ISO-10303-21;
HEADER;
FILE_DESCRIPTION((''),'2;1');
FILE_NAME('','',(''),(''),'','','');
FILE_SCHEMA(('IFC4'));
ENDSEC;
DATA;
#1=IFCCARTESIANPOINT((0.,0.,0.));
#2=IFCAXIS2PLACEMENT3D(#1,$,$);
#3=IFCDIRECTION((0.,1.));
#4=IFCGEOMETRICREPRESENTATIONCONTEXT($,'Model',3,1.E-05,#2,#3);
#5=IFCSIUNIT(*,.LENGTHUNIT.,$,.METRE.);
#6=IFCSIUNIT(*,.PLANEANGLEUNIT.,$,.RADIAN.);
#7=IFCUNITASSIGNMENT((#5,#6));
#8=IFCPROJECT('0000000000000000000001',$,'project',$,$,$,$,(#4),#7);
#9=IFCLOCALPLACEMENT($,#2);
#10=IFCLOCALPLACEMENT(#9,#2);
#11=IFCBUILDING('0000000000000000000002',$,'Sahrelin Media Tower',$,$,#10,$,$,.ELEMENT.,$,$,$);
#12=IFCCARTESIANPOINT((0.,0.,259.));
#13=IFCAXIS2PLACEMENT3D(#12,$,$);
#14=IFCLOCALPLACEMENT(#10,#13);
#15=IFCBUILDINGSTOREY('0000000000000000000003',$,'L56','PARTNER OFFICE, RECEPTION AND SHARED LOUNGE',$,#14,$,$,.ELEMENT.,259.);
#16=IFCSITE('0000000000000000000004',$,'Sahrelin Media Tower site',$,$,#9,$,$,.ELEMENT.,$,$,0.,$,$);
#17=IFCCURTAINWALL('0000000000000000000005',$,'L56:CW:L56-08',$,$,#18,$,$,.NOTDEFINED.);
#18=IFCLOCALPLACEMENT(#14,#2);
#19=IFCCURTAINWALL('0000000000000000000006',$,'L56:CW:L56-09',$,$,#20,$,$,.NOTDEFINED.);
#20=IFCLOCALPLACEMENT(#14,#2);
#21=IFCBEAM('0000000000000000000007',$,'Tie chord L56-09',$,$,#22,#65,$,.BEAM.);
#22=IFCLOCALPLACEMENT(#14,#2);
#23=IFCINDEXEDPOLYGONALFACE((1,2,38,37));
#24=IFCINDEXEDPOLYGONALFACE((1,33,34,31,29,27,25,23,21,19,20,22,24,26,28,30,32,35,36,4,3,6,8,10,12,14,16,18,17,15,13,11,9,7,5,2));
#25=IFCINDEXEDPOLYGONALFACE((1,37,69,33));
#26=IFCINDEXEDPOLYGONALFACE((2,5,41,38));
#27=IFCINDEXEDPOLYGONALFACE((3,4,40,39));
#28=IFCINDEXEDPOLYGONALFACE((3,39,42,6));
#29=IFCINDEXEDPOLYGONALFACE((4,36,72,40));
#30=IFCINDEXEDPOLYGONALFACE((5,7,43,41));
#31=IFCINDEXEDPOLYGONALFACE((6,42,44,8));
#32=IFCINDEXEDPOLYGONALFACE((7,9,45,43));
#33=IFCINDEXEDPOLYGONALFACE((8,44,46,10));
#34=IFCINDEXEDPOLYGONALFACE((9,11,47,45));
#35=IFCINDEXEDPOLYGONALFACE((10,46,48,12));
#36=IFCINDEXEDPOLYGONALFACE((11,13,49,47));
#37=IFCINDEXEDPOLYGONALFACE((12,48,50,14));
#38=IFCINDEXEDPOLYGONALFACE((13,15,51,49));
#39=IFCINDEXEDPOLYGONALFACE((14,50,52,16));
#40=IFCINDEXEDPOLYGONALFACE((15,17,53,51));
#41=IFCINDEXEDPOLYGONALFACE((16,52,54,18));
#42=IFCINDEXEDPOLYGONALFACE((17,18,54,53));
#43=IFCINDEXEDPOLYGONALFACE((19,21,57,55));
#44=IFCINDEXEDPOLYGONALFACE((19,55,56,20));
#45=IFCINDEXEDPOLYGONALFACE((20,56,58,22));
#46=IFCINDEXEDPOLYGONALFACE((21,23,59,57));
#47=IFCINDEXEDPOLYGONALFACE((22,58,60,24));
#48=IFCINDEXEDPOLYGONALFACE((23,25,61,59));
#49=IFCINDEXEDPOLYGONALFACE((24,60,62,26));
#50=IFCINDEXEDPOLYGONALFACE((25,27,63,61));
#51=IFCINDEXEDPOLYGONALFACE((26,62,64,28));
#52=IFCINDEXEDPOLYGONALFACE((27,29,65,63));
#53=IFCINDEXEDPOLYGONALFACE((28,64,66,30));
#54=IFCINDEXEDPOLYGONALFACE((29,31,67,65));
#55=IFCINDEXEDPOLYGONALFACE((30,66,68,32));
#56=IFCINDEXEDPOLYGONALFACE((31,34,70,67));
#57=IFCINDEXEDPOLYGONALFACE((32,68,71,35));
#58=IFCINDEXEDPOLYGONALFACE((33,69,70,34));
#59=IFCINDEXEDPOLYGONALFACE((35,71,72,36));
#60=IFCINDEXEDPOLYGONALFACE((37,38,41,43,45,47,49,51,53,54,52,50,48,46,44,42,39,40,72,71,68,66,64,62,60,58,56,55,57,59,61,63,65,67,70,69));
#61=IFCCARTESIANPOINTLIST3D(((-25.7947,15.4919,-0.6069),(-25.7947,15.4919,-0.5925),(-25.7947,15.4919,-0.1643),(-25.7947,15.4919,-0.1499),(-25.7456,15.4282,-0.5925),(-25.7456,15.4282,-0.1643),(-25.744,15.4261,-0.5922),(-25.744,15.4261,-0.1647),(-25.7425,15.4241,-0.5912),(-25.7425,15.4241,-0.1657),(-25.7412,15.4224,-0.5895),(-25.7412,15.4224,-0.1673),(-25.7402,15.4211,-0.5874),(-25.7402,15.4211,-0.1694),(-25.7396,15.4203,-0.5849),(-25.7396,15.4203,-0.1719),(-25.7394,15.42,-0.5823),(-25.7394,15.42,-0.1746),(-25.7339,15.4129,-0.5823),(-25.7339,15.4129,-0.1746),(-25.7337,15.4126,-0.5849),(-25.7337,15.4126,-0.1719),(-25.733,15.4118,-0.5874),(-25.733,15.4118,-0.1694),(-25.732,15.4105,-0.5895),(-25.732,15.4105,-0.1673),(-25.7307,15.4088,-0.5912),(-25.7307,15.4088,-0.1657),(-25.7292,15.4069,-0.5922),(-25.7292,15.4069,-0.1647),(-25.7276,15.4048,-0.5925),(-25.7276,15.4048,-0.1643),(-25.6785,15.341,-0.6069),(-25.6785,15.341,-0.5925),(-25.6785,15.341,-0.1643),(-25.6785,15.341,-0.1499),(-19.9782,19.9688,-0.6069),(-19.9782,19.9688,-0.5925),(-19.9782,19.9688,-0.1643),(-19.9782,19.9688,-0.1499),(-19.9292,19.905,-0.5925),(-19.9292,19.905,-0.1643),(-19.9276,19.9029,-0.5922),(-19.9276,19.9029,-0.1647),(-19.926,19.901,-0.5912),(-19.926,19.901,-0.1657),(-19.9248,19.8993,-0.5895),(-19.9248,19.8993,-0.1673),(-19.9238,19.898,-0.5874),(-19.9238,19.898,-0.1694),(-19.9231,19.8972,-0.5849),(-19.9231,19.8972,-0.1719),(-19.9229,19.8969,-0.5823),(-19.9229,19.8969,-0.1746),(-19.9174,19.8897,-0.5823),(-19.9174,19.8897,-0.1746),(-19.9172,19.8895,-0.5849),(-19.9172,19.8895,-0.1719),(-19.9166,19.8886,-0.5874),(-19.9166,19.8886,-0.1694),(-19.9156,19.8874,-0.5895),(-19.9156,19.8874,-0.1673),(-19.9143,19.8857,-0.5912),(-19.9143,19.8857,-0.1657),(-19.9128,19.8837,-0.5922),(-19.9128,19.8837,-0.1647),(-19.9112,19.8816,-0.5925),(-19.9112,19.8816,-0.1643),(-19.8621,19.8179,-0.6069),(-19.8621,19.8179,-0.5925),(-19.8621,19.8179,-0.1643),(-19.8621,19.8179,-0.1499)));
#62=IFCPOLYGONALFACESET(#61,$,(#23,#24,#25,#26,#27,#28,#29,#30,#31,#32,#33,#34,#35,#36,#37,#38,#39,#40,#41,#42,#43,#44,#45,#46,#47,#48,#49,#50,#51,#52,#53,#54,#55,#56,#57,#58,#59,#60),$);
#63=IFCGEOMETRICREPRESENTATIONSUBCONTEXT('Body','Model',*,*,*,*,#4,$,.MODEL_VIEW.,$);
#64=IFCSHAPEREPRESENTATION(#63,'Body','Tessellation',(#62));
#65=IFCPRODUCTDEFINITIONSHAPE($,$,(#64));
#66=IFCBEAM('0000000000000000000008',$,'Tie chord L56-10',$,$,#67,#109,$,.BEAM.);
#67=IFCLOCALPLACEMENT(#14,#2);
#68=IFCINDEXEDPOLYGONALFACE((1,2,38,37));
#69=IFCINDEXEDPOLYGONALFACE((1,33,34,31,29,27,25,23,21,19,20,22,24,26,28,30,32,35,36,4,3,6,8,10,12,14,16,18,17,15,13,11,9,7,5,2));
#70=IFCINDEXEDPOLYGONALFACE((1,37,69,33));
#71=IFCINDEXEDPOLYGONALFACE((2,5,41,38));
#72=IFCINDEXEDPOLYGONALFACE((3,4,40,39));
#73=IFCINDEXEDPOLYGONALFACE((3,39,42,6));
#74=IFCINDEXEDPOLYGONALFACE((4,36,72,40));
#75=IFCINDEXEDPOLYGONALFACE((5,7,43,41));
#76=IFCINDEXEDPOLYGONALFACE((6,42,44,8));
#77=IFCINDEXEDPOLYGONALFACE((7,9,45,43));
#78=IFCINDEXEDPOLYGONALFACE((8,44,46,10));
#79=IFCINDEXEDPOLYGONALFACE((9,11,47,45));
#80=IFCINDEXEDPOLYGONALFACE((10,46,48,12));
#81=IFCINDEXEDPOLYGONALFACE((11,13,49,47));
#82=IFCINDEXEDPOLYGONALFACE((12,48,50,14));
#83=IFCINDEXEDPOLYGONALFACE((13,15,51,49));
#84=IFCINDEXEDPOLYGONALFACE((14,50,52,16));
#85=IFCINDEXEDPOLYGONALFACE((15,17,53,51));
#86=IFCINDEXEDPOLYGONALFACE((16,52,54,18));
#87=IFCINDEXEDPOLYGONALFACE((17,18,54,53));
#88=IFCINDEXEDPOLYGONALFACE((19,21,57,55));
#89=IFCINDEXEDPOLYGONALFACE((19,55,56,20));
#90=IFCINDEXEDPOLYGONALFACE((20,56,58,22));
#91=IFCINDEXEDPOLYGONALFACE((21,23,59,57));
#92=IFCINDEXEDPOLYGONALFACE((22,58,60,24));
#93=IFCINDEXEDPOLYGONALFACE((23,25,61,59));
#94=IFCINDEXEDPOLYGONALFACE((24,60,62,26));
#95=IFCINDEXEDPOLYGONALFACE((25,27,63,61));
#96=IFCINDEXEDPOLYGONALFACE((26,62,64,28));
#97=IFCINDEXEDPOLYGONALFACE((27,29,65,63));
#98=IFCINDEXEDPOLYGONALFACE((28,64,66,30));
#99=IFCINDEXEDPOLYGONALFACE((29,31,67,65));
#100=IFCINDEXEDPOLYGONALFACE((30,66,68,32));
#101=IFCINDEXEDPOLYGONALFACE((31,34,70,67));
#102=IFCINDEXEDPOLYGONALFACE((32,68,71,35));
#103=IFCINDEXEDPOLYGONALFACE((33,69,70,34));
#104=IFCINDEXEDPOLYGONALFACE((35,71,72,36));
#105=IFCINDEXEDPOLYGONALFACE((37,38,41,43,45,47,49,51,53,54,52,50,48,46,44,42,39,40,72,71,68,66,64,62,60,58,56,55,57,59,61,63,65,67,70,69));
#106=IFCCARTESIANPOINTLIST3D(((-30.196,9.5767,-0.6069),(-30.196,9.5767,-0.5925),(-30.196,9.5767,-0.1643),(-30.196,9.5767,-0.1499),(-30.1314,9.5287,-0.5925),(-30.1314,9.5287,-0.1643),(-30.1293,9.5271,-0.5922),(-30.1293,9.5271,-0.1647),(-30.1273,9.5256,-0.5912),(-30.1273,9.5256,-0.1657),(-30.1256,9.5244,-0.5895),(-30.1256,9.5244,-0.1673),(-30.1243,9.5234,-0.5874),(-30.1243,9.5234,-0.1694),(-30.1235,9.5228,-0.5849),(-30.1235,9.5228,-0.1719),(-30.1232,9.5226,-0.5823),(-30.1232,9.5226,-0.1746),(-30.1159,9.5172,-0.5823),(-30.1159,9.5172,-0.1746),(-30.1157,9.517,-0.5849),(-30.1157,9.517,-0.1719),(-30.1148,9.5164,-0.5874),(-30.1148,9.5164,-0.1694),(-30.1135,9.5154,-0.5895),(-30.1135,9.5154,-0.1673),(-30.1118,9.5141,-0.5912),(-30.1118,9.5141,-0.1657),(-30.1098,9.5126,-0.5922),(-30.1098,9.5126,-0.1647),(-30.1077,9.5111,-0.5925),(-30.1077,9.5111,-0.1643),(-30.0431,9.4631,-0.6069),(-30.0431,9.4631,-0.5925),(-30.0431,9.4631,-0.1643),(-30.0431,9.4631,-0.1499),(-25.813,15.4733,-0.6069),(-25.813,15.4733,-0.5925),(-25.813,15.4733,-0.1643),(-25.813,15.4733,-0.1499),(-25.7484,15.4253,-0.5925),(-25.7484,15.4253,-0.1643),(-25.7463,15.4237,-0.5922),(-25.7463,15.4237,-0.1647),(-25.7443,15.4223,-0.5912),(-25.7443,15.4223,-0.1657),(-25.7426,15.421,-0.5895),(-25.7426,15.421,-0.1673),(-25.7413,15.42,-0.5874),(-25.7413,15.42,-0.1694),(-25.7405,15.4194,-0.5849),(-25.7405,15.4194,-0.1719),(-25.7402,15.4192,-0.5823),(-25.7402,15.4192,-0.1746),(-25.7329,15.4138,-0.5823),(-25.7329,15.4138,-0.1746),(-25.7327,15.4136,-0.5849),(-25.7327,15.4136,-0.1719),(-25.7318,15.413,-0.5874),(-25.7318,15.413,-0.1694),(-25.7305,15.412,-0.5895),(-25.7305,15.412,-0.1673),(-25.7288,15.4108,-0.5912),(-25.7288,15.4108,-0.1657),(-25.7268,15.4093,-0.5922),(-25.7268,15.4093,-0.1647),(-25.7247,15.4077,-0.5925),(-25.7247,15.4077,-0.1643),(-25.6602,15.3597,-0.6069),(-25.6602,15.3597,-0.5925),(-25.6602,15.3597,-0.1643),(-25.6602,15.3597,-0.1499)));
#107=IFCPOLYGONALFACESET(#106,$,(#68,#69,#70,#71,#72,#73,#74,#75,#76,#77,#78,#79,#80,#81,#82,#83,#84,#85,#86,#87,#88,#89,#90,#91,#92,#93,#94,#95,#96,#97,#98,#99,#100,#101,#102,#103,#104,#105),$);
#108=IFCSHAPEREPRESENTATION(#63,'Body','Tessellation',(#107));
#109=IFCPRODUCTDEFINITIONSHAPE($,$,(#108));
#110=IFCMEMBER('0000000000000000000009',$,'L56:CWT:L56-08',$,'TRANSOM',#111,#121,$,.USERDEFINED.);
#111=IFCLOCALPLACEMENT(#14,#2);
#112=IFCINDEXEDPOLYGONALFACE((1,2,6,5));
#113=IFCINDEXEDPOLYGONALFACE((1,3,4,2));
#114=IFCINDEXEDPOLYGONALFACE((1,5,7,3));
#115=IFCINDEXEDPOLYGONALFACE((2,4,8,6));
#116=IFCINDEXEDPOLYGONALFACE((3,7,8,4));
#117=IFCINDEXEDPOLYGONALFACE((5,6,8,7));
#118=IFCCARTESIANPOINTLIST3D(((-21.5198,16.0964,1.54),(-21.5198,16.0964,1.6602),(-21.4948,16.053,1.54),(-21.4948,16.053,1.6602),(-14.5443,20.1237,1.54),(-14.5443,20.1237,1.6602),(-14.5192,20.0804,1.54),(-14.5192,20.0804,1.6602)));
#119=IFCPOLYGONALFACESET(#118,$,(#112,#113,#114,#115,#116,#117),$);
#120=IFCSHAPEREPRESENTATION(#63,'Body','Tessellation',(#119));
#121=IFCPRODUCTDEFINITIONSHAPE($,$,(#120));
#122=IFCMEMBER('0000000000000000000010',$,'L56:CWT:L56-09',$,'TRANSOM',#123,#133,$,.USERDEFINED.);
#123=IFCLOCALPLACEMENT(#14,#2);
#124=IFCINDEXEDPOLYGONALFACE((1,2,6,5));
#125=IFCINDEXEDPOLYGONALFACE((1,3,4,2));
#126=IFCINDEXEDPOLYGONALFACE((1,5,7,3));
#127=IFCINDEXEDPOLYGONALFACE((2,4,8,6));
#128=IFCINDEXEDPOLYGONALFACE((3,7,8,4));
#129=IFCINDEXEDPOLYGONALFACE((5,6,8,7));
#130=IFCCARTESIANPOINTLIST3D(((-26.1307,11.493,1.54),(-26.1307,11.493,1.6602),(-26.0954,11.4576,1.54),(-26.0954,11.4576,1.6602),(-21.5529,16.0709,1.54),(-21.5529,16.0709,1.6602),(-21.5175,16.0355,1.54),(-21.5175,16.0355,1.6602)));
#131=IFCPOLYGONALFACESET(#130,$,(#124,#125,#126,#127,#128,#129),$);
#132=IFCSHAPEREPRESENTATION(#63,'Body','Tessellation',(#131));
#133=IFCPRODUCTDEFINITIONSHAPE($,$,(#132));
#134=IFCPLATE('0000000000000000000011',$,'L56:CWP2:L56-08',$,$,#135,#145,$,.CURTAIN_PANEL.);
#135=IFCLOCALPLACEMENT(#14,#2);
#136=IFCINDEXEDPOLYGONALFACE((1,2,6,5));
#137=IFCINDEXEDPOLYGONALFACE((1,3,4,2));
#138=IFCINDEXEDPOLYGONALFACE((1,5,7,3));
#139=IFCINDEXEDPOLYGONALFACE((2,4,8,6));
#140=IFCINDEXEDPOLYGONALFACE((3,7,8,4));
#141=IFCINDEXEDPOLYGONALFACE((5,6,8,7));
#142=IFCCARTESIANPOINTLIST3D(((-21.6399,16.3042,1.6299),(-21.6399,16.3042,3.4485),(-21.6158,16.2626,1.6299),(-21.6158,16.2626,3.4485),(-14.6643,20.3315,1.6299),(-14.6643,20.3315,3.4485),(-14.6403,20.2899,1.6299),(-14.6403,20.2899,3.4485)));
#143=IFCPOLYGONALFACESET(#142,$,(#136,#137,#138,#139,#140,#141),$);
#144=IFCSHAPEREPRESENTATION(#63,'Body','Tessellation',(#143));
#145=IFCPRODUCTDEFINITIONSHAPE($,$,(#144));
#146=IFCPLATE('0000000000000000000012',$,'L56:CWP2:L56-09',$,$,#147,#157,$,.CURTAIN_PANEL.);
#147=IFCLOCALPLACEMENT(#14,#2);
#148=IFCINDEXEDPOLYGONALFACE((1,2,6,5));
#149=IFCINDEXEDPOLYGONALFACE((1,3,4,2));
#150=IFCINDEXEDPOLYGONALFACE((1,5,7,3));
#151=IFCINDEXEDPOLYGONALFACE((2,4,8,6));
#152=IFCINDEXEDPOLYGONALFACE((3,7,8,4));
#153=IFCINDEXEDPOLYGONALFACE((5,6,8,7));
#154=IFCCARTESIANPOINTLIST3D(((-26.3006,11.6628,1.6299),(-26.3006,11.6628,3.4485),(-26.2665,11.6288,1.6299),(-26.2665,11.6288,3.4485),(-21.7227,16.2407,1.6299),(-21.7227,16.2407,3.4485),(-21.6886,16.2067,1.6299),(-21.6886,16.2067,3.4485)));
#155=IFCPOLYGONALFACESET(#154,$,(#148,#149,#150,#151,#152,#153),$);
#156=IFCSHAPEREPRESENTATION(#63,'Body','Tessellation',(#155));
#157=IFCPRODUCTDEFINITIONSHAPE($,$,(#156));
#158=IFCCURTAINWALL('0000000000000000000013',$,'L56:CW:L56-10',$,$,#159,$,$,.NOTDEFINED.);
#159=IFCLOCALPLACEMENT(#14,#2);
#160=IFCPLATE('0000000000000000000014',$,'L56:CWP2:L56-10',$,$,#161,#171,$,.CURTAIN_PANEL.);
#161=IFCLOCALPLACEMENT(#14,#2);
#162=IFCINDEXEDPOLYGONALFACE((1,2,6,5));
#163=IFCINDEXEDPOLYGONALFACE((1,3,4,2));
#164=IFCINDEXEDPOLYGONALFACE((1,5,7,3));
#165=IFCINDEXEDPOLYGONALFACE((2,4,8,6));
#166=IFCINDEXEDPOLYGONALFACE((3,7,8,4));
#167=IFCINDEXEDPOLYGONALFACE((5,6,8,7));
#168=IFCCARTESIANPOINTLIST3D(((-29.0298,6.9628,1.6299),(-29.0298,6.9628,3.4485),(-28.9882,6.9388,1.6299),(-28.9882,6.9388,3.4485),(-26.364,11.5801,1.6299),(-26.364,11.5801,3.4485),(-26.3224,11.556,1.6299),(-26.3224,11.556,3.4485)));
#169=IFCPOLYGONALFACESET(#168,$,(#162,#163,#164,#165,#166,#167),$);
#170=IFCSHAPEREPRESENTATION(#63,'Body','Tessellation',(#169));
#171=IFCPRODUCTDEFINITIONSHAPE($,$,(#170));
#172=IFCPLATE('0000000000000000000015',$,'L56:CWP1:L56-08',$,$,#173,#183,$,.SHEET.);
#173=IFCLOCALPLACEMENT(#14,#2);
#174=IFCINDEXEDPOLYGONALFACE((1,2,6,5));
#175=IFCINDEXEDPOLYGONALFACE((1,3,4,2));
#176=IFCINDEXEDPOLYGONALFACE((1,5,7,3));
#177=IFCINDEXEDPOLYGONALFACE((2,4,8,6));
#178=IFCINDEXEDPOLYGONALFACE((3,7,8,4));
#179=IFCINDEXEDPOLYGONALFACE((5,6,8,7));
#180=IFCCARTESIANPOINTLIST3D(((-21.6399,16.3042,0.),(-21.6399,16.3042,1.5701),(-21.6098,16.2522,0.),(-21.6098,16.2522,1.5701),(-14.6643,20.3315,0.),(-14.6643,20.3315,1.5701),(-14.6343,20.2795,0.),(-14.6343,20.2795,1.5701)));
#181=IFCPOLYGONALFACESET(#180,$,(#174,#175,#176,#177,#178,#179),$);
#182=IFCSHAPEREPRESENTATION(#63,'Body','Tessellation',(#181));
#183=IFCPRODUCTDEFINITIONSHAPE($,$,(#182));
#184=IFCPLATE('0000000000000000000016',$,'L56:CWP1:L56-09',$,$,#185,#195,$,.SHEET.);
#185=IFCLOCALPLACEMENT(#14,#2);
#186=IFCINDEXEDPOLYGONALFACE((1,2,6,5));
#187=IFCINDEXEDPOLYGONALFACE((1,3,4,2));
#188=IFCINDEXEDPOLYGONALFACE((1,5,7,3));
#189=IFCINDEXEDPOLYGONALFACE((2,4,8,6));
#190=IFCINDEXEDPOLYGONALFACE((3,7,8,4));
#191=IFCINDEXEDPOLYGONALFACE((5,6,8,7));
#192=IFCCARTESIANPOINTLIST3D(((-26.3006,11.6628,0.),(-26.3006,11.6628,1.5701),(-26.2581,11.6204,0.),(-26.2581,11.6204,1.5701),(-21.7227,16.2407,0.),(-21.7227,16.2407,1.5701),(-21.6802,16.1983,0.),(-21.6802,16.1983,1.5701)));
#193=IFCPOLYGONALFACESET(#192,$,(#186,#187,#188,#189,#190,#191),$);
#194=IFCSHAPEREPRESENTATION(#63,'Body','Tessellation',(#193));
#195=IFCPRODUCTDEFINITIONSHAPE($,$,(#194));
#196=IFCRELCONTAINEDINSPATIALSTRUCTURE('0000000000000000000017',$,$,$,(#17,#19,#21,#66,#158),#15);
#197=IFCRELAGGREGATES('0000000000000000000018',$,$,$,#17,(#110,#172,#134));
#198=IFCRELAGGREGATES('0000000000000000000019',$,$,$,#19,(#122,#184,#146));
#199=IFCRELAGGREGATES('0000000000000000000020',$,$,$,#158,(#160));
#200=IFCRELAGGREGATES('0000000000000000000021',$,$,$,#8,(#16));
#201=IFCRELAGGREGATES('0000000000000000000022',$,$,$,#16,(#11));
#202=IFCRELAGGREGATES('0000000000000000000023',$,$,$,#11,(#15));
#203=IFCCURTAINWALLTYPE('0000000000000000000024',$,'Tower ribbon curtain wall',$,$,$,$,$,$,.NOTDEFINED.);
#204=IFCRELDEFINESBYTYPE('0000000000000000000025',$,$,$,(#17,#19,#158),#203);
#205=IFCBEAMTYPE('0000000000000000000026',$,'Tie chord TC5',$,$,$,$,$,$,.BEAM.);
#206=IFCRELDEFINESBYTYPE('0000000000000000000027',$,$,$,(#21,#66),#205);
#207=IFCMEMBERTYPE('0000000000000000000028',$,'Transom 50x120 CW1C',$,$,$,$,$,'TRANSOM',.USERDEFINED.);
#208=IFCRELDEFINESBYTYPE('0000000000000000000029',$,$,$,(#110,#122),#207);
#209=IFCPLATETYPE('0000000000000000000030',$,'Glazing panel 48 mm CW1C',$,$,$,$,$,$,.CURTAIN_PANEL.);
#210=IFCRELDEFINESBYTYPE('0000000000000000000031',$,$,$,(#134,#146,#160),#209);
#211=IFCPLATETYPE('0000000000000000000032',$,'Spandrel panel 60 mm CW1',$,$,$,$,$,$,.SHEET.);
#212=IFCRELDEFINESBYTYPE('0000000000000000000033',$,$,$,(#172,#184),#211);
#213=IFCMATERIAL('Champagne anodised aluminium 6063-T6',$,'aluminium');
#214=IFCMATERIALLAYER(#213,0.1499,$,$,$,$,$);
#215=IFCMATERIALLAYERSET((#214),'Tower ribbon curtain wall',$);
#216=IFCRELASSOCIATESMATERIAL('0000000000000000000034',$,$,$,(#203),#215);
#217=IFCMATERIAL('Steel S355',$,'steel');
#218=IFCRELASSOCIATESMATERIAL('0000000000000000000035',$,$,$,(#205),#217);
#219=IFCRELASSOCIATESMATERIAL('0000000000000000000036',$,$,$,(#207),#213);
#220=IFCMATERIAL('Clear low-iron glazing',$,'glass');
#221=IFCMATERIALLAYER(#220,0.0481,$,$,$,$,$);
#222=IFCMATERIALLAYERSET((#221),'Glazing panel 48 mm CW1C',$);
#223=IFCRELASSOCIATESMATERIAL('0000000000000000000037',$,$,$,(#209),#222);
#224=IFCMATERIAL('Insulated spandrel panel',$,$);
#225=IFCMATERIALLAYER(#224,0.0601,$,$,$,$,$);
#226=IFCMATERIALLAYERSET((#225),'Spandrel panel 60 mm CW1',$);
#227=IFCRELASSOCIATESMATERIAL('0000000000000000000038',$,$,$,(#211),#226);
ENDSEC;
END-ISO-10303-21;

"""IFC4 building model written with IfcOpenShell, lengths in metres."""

from ifc_helpers import new_model, si_unit, direction, frame, origin, origin_2d, place, context, subcontext, project, spatial, polyline, rectangle, i_section, outline, extrude, material, layer, layer_set, material_profile, profile_set, type_object, element, aggregate, save


model = new_model("IFC4")

# Units and contexts
model_context = context("Model", 3, precision=1e-05, world=origin(), true_north=direction((0.0, 1.0)))
body_context = subcontext(model_context, "Body", "Model", "MODEL_VIEW")
ifc_project = project(units=[si_unit("LENGTHUNIT", "METRE"), si_unit("PLANEANGLEUNIT", "RADIAN")], contexts=[model_context])

# Site, building, storey
site_placement = place(None, origin())
site = spatial("IfcSite", under=ifc_project, at=site_placement, Name="Sahrelin Media Tower site", CompositionType="ELEMENT", RefElevation=0.0)
building_placement = place(site_placement, origin())
building = spatial("IfcBuilding", under=site, at=building_placement, Name="Sahrelin Media Tower", CompositionType="ELEMENT")
storey_placement = place(building_placement, frame((0.0, 0.0, 259.0)))
storey = spatial("IfcBuildingStorey", under=building, at=storey_placement, Name="L56", Description="PARTNER OFFICE, RECEPTION AND SHARED LOUNGE", CompositionType="ELEMENT", Elevation=259.0)

# Shared definitions
ifc_material_1 = material(Name="Steel S355", Category="steel")

# Curtain walls
ifc_material_2 = material(Name="Champagne anodised aluminium 6063-T6", Category="aluminium")
ifc_layer_1 = layer(ifc_material_2, 0.1499)
ifc_layer_set_1 = layer_set([ifc_layer_1], Name="Tower ribbon curtain wall")
curtain_wall_type = type_object("IfcCurtainWallType", Name="Tower ribbon curtain wall", PredefinedType="NOTDEFINED", material=ifc_layer_set_1)
curtain_wall_1_placement = place(storey_placement, frame((-18.1421, 18.3005, 0.0), z_axis=(0.0, 0.0, 1.0), x_axis=(1.0, 0.0, 0.0)))
curtain_wall_1 = element("IfcCurtainWall", 1, at=curtain_wall_1_placement, inside=storey, type_object=curtain_wall_type, Name="L56:CW:L56-08", PredefinedType="NOTDEFINED")
curtain_wall_2_placement = place(storey_placement, frame((-23.9973, 13.9375, 0.0), z_axis=(0.0, 0.0, 1.0), x_axis=(1.0, 0.0, 0.0)))
curtain_wall_2 = element("IfcCurtainWall", 2, at=curtain_wall_2_placement, inside=storey, type_object=curtain_wall_type, Name="L56:CW:L56-09", PredefinedType="NOTDEFINED")

# Beams
ifc_material_profile_1 = material_profile(ifc_material_1, i_section(OverallWidth=0.1904, OverallDepth=0.457, WebThickness=0.009, FlangeThickness=0.0144, FilletRadius=0.0103, at=origin_2d()), Name="UB 457x191x74")
ifc_profile_set_1 = profile_set([ifc_material_profile_1], Name="Steel S355")
beam_type_1 = type_object("IfcBeamType", Name="Tie chord TC5", PredefinedType="BEAM", material=ifc_profile_set_1)
beam_1_placement = place(storey_placement, frame((-19.9202, 19.8933, -0.3784), z_axis=(-0.79245, -0.609937, 0.0), x_axis=(0.609937, -0.79245, 0.0)))
element("IfcBeam", 3, at=beam_1_placement, inside=storey, type_object=beam_type_1, Name="Tie chord L56-09", PredefinedType="BEAM", context=body_context, shape_type="SweptSolid", body=[
    extrude(i_section(OverallWidth=0.1904, OverallDepth=0.457, WebThickness=0.009, FlangeThickness=0.0144, FilletRadius=0.0103, at=origin_2d()), origin(), (0.0, 0.0, 1.0), 7.3398),
])
beam_2_placement = place(storey_placement, frame((-25.7366, 15.4165, -0.3784), z_axis=(-0.596555, -0.802572, 0.0), x_axis=(0.802572, -0.596555, 0.0)))
element("IfcBeam", 4, at=beam_2_placement, inside=storey, type_object=beam_type_1, Name="Tie chord L56-10", PredefinedType="BEAM", context=body_context, shape_type="SweptSolid", body=[
    extrude(i_section(OverallWidth=0.1904, OverallDepth=0.457, WebThickness=0.009, FlangeThickness=0.0144, FilletRadius=0.0103, at=origin_2d()), origin(), (0.0, 0.0, 1.0), 7.3472),
])

# Members
ifc_material_profile_2 = material_profile(ifc_material_2, rectangle(XDim=0.05, YDim=0.1201, at=origin_2d()), Name="Transom 50x120")
ifc_profile_set_2 = profile_set([ifc_material_profile_2], Name="Champagne anodised aluminium 6063-T6")
member_type_1 = type_object("IfcMemberType", Name="Transom 50x120 CW1C", ElementType="TRANSOM", PredefinedType="USERDEFINED", material=ifc_profile_set_2)
member_1_placement = place(storey_placement, frame((-14.5317, 20.1021, 1.6001), z_axis=(-0.866026, -0.499999, 0.0), x_axis=(0.499999, -0.866026, 0.0)))
member_1 = element("IfcMember", 5, at=member_1_placement, type_object=member_type_1, Name="L56:CWT:L56-08", ObjectType="TRANSOM", PredefinedType="USERDEFINED", context=body_context, shape_type="SweptSolid", body=[
    extrude(rectangle(XDim=0.05, YDim=0.1201, at=origin_2d()), origin(), (0.0, 0.0, 1.0), 8.0547),
])
member_2_placement = place(storey_placement, frame((-21.5352, 16.0532, 1.6001), z_axis=(-0.707107, -0.707107, 0.0), x_axis=(0.707107, -0.707107, 0.0)))
member_2 = element("IfcMember", 6, at=member_2_placement, type_object=member_type_1, Name="L56:CWT:L56-09", ObjectType="TRANSOM", PredefinedType="USERDEFINED", context=body_context, shape_type="SweptSolid", body=[
    extrude(rectangle(XDim=0.05, YDim=0.1201, at=origin_2d()), origin(), (0.0, 0.0, 1.0), 6.4741),
])

# Plates
ifc_material_3 = material(Name="Clear low-iron glazing", Category="glass")
ifc_layer_2 = layer(ifc_material_3, 0.0481)
ifc_layer_set_2 = layer_set([ifc_layer_2], Name="Glazing panel 48 mm CW1C")
plate_type_1 = type_object("IfcPlateType", Name="Glazing panel 48 mm CW1C", PredefinedType="CURTAIN_PANEL", material=ifc_layer_set_2)
plate_1_placement = place(storey_placement, frame((-14.6643, 20.3315, 1.6299), z_axis=(-0.499999, 0.866026, 0.0), x_axis=(-0.866026, -0.499999, 0.0)))
plate_1 = element("IfcPlate", 7, at=plate_1_placement, type_object=plate_type_1, Name="L56:CWP2:L56-08", PredefinedType="CURTAIN_PANEL", context=body_context, shape_type="SweptSolid", body=[
    extrude(outline(polyline([(0.0, 0.0), (8.0547, 0.0), (8.0547, 1.8186), (0.0, 1.8186), (0.0, 0.0)])), origin(), (0.0, 0.0, -1.0), 0.0481),
])
plate_2_placement = place(storey_placement, frame((-21.7227, 16.2407, 1.6299), z_axis=(-0.707107, 0.707107, 0.0), x_axis=(-0.707107, -0.707107, 0.0)))
plate_2 = element("IfcPlate", 8, at=plate_2_placement, type_object=plate_type_1, Name="L56:CWP2:L56-09", PredefinedType="CURTAIN_PANEL", context=body_context, shape_type="SweptSolid", body=[
    extrude(outline(polyline([(0.0, 0.0), (6.4741, 0.0), (6.4741, 1.8186), (0.0, 1.8186), (0.0, 0.0)])), origin(), (0.0, 0.0, -1.0), 0.0481),
])

# Curtain wall, plate
curtain_wall_3_placement = place(storey_placement, frame((-27.6797, 9.2615, 0.0), z_axis=(0.0, 0.0, 1.0), x_axis=(1.0, 0.0, 0.0)))
curtain_wall_3 = element("IfcCurtainWall", 9, at=curtain_wall_3_placement, inside=storey, type_object=curtain_wall_type, Name="L56:CW:L56-10", PredefinedType="NOTDEFINED")
plate_3_placement = place(storey_placement, frame((-26.364, 11.5801, 1.6299), z_axis=(-0.866022, 0.500005, 0.0), x_axis=(-0.500005, -0.866022, 0.0)))
plate_3 = element("IfcPlate", 10, at=plate_3_placement, type_object=plate_type_1, Name="L56:CWP2:L56-10", PredefinedType="CURTAIN_PANEL", context=body_context, shape_type="SweptSolid", body=[
    extrude(outline(polyline([(0.0, 0.0), (5.3315, 0.0), (5.3315, 1.8186), (0.0, 1.8186), (0.0, 0.0)])), origin(), (0.0, 0.0, -1.0), 0.0481),
])

# Plates
ifc_material_4 = material(Name="Insulated spandrel panel")
ifc_layer_3 = layer(ifc_material_4, 0.0601)
ifc_layer_set_3 = layer_set([ifc_layer_3], Name="Spandrel panel 60 mm CW1")
plate_type_2 = type_object("IfcPlateType", Name="Spandrel panel 60 mm CW1", PredefinedType="SHEET", material=ifc_layer_set_3)
plate_4_placement = place(storey_placement, frame((-14.6643, 20.3315, 0.0), z_axis=(-0.499999, 0.866026, 0.0), x_axis=(-0.866026, -0.499999, 0.0)))
plate_4 = element("IfcPlate", 11, at=plate_4_placement, type_object=plate_type_2, Name="L56:CWP1:L56-08", PredefinedType="SHEET", context=body_context, shape_type="SweptSolid", body=[
    extrude(outline(polyline([(0.0, 0.0), (8.0547, 0.0), (8.0547, 1.5701), (0.0, 1.5701), (0.0, 0.0)])), origin(), (0.0, 0.0, -1.0), 0.0601),
])
aggregate(curtain_wall_1, [member_1, plate_4, plate_1])
plate_5_placement = place(storey_placement, frame((-21.7227, 16.2407, 0.0), z_axis=(-0.707107, 0.707107, 0.0), x_axis=(-0.707107, -0.707107, 0.0)))
plate_5 = element("IfcPlate", 12, at=plate_5_placement, type_object=plate_type_2, Name="L56:CWP1:L56-09", PredefinedType="SHEET", context=body_context, shape_type="SweptSolid", body=[
    extrude(outline(polyline([(0.0, 0.0), (6.4741, 0.0), (6.4741, 1.5701), (0.0, 1.5701), (0.0, 0.0)])), origin(), (0.0, 0.0, -1.0), 0.0601),
])
aggregate(curtain_wall_2, [member_2, plate_5, plate_2])
aggregate(curtain_wall_3, [plate_3])

save(model, "model.ifc")
